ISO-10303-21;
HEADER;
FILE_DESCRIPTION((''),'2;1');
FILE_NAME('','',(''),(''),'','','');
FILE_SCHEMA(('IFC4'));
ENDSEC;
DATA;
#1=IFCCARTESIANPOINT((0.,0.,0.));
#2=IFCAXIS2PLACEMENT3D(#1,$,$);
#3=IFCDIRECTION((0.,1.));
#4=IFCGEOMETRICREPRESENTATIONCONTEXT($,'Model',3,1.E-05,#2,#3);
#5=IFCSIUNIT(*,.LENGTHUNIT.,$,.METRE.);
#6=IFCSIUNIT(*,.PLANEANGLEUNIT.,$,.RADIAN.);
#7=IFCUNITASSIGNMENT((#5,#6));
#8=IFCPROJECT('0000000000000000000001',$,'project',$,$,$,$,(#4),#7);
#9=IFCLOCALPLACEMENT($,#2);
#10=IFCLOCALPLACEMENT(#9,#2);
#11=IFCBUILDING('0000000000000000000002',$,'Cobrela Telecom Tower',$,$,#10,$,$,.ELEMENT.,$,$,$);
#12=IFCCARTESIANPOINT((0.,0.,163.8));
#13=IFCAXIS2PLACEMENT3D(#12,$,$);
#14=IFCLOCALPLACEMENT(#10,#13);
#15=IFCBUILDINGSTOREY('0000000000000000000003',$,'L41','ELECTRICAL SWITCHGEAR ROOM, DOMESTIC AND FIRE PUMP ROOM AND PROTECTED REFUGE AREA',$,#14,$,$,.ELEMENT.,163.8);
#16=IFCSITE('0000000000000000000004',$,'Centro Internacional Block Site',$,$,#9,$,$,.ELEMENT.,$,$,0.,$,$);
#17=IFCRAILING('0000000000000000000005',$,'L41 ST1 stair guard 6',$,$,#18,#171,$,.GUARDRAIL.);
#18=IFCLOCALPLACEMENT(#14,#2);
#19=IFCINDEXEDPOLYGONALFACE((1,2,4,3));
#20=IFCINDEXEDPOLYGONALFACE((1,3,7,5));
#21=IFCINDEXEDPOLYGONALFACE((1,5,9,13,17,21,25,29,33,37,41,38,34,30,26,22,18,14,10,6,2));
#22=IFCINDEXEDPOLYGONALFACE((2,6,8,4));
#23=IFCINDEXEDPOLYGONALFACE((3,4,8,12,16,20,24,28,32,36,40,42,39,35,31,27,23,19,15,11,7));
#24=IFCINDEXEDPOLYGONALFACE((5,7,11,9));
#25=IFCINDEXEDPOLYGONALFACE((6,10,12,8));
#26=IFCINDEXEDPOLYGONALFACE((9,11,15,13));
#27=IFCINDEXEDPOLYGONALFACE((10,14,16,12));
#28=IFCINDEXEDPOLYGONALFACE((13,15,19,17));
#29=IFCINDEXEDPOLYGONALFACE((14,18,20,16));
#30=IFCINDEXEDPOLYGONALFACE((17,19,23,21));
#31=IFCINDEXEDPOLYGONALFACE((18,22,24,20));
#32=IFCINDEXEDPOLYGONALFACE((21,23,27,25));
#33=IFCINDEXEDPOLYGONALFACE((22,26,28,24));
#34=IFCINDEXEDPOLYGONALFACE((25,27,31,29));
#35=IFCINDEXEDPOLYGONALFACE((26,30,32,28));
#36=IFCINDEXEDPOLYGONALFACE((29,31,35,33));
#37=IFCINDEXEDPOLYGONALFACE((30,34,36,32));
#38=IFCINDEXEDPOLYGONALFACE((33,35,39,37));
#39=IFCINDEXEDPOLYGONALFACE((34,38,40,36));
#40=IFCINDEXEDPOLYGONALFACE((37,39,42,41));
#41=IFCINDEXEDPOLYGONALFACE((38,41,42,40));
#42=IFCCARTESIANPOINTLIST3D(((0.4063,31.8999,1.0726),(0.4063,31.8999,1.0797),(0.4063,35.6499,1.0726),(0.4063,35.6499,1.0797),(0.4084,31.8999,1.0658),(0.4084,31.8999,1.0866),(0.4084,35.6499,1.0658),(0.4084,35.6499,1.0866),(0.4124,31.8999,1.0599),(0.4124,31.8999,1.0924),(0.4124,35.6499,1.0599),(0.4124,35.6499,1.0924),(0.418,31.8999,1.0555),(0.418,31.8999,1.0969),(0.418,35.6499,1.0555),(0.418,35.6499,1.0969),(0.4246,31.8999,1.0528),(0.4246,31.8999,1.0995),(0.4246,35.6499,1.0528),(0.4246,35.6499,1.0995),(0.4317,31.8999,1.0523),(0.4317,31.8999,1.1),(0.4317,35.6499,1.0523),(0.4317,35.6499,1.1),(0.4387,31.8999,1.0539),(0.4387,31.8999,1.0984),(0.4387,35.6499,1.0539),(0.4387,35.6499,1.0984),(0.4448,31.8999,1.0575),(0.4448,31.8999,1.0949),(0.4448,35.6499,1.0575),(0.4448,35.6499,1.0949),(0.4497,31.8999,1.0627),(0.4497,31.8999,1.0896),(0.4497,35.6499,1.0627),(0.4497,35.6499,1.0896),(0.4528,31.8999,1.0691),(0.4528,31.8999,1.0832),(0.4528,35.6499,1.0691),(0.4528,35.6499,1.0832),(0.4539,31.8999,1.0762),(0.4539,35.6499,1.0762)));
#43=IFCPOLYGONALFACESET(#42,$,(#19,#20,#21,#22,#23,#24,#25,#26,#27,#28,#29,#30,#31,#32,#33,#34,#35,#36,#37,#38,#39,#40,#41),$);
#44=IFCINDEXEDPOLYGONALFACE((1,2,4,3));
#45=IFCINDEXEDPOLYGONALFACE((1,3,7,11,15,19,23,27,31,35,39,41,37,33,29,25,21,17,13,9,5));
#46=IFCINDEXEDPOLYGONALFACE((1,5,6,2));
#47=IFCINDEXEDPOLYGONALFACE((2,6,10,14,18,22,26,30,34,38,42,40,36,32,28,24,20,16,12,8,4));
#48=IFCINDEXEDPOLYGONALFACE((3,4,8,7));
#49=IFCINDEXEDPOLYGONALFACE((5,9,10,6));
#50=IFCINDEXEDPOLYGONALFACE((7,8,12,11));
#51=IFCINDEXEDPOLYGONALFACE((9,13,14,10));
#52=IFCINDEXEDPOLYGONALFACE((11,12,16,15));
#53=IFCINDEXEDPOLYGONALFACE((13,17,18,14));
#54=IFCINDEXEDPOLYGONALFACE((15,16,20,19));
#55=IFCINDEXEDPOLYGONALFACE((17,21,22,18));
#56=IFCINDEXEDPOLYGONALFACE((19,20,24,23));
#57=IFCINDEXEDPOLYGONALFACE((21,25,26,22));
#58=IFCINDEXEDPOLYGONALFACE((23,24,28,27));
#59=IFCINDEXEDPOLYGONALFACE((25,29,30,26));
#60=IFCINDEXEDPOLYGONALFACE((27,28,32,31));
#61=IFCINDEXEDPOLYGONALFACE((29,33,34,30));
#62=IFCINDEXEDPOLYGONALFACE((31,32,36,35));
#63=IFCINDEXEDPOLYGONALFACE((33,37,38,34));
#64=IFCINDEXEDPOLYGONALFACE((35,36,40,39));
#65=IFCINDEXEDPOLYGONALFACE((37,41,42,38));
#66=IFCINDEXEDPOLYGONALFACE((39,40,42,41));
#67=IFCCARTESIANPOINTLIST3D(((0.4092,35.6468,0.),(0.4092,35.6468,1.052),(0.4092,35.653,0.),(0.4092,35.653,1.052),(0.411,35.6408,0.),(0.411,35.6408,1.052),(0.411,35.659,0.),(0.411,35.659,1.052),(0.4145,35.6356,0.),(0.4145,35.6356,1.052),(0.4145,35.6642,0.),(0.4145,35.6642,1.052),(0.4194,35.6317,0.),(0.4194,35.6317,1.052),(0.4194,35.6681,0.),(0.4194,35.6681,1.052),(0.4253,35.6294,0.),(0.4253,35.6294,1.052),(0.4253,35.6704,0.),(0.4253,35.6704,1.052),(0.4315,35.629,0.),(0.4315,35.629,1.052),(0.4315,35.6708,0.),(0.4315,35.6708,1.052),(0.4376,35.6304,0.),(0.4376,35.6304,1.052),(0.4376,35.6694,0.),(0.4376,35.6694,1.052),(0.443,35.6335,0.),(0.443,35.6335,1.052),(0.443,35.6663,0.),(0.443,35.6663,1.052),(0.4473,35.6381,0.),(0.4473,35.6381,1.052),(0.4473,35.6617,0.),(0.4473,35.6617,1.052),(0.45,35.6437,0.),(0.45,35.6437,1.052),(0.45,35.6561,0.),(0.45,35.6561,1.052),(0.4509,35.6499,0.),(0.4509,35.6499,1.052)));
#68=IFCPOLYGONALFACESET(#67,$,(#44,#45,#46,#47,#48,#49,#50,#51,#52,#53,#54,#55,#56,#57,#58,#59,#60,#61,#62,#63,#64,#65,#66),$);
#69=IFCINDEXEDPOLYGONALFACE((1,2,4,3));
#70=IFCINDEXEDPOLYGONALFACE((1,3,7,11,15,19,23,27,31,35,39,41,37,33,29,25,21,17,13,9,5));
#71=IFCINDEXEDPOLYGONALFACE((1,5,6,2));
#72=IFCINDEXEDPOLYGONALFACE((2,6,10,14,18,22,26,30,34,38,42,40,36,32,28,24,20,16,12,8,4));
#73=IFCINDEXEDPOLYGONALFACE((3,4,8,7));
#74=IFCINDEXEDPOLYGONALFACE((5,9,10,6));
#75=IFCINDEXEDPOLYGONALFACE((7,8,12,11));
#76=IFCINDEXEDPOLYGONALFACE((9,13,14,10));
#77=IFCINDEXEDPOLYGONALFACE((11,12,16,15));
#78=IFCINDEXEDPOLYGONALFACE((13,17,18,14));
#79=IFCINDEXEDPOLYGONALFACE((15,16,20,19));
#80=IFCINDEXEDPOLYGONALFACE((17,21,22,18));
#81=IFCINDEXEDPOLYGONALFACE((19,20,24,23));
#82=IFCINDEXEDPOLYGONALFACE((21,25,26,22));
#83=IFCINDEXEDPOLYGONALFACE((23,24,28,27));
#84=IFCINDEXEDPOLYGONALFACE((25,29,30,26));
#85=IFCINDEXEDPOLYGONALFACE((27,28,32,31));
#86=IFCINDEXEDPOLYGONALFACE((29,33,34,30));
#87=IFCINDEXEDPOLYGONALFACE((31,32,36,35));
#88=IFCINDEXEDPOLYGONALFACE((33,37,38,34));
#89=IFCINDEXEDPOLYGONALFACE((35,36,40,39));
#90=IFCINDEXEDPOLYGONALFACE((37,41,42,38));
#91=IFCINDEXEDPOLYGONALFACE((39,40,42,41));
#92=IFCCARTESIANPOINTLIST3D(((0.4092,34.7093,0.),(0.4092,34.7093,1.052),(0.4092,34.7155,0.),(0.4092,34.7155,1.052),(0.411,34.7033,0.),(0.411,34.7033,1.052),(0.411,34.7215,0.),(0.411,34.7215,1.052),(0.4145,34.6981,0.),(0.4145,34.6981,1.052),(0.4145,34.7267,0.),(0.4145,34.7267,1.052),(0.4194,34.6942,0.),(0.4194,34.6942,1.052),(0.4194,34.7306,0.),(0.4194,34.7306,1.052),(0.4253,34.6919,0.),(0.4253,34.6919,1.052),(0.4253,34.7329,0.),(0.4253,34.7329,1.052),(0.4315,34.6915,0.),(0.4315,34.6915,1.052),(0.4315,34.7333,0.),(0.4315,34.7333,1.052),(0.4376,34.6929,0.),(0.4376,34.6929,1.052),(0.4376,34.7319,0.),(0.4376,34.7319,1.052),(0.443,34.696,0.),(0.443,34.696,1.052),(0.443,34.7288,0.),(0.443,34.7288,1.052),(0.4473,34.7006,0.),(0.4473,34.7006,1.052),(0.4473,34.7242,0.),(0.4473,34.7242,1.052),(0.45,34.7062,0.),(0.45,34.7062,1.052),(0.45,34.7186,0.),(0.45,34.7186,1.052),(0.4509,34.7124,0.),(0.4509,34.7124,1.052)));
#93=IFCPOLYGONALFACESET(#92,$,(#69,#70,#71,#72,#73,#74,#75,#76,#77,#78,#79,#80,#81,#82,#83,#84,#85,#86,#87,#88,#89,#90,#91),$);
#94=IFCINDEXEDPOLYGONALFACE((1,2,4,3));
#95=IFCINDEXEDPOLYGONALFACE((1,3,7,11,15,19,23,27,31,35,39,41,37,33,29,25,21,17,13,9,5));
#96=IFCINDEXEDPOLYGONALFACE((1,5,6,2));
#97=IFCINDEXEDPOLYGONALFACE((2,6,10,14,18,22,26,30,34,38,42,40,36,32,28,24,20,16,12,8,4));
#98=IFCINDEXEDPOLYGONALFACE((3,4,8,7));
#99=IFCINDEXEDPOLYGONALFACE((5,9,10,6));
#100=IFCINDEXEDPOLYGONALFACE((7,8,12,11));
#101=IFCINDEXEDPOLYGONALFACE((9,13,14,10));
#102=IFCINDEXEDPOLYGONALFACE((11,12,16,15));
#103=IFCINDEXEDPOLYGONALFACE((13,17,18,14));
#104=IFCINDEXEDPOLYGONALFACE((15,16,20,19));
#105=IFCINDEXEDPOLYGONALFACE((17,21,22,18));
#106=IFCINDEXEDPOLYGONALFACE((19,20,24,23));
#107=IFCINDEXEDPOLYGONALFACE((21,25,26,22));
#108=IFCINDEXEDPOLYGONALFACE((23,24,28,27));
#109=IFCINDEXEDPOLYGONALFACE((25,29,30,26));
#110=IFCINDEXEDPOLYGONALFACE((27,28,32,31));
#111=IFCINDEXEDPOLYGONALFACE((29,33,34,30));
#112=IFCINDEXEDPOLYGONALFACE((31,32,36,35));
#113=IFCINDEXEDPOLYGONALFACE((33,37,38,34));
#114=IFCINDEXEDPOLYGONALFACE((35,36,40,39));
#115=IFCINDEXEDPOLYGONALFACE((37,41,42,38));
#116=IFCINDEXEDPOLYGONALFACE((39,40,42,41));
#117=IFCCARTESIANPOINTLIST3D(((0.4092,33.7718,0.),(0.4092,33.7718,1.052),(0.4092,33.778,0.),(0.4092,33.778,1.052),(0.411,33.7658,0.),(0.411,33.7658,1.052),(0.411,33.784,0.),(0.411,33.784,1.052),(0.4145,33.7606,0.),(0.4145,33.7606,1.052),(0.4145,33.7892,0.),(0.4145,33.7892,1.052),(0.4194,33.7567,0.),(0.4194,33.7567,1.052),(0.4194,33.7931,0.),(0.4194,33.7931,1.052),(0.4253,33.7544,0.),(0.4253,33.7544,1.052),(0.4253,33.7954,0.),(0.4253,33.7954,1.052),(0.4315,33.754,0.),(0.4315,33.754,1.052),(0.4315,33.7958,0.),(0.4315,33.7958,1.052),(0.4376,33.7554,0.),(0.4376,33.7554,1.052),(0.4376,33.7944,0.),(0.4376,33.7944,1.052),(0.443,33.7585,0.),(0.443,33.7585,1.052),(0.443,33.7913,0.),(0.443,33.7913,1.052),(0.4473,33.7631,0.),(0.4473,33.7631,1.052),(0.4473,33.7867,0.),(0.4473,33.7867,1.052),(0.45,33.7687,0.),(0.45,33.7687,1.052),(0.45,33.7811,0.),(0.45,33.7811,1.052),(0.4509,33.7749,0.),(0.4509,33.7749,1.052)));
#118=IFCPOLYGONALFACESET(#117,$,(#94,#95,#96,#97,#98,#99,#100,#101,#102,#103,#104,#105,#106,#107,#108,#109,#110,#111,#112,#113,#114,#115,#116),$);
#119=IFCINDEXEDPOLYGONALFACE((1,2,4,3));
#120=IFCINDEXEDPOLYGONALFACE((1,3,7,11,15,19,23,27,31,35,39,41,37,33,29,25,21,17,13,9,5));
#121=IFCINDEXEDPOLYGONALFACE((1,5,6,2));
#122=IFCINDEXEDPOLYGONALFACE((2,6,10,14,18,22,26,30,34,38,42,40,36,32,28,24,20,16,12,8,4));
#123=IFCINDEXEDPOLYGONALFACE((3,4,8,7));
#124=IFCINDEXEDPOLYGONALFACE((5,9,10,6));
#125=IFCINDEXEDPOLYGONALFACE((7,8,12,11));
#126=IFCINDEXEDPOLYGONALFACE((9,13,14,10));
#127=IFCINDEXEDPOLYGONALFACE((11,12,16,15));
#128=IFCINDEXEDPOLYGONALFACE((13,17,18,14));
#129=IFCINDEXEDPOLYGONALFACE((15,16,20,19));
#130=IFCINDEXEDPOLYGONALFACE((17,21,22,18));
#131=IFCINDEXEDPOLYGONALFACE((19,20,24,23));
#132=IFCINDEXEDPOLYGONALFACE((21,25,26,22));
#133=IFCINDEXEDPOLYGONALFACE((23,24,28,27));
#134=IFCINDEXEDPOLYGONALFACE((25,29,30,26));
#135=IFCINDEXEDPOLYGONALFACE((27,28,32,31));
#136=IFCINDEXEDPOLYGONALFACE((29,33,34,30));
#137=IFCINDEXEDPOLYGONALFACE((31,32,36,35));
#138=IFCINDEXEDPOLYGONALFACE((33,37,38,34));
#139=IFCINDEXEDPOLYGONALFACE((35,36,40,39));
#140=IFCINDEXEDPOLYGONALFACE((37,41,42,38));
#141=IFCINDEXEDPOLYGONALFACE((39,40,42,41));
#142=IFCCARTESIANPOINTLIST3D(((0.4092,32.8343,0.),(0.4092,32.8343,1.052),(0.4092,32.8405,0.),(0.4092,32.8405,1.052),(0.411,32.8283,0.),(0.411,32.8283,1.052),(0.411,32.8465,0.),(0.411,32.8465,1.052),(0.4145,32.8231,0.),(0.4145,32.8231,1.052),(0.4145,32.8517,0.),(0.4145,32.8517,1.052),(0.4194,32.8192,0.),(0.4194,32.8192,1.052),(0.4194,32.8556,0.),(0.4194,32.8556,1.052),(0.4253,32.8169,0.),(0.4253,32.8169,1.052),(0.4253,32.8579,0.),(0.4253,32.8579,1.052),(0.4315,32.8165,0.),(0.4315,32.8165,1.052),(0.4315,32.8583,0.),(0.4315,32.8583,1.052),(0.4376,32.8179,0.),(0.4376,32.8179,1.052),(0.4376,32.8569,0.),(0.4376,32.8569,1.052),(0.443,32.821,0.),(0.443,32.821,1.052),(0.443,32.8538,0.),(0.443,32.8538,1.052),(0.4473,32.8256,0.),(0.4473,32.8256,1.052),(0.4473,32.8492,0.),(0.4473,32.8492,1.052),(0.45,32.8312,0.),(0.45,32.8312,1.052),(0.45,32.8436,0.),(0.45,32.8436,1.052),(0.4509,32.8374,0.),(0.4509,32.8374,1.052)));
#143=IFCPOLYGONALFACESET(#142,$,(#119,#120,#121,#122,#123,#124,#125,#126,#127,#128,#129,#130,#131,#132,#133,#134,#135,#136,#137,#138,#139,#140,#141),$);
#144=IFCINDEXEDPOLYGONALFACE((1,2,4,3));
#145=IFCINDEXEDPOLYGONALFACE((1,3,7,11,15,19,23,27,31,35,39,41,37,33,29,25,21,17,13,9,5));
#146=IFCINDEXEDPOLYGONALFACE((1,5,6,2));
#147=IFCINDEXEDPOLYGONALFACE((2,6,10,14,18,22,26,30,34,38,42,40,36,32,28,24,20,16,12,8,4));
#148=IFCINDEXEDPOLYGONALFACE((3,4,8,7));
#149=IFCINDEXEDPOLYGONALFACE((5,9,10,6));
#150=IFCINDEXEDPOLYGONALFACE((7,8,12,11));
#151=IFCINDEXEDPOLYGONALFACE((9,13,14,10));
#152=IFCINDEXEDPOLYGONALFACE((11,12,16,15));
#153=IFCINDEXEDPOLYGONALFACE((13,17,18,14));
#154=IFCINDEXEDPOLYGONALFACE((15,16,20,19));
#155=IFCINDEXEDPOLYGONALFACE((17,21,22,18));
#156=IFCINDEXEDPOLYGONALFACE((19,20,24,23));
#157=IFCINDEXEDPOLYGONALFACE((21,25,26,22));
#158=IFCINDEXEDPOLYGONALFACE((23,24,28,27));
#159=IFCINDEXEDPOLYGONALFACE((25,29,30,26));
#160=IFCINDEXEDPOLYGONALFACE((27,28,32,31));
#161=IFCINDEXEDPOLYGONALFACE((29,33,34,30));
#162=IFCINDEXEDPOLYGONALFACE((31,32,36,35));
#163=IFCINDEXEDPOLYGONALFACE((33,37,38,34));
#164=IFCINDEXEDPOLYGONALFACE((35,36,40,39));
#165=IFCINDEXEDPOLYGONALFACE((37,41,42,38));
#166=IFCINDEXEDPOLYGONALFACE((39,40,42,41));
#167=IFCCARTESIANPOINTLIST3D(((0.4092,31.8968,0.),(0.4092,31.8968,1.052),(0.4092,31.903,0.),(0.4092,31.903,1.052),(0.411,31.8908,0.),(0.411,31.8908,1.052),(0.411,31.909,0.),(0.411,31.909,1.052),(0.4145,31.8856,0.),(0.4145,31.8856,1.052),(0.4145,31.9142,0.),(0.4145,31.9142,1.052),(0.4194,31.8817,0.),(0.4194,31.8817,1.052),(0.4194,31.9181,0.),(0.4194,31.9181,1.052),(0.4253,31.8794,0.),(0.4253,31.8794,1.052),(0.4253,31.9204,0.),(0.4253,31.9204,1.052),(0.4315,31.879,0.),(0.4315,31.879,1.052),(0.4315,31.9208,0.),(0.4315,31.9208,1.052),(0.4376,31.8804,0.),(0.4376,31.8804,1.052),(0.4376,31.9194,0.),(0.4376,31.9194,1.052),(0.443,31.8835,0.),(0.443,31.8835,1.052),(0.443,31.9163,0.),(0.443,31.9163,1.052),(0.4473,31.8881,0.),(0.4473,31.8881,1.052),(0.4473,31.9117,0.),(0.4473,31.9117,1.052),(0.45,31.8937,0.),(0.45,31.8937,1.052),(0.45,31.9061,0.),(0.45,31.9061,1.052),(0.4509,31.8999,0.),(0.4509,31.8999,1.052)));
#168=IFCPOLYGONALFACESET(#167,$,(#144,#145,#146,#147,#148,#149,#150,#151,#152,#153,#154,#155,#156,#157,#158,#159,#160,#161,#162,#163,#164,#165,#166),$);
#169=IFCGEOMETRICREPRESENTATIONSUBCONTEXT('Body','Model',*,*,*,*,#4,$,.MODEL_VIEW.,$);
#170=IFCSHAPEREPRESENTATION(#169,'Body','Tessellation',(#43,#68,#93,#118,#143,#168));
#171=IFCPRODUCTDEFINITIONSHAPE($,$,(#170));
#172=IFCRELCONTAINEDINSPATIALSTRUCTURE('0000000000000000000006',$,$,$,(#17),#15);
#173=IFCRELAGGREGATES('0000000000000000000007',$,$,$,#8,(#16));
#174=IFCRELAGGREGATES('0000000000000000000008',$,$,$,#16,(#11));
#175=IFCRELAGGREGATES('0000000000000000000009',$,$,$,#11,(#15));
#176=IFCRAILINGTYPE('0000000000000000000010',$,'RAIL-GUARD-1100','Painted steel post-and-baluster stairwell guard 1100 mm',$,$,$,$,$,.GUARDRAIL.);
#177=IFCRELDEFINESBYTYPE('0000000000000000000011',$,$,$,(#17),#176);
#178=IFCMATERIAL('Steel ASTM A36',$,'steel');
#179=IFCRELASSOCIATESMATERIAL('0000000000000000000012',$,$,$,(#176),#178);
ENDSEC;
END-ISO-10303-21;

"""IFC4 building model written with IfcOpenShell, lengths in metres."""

from ifc_helpers import new_model, si_unit, direction, frame, origin, origin_2d, place, context, subcontext, project, spatial, circle, extrude, material, type_object, element, save


model = new_model("IFC4")

# Units and contexts
model_context = context("Model", 3, precision=1e-05, world=origin(), true_north=direction((0.0, 1.0)))
body_context = subcontext(model_context, "Body", "Model", "MODEL_VIEW")
ifc_project = project(units=[si_unit("LENGTHUNIT", "METRE"), si_unit("PLANEANGLEUNIT", "RADIAN")], contexts=[model_context])

# Site, building, storey
site_placement = place(None, origin())
site = spatial("IfcSite", under=ifc_project, at=site_placement, Name="Centro Internacional Block Site", CompositionType="ELEMENT", RefElevation=0.0)
building_placement = place(site_placement, origin())
building = spatial("IfcBuilding", under=site, at=building_placement, Name="Cobrela Telecom Tower", CompositionType="ELEMENT")
storey_placement = place(building_placement, frame((0.0, 0.0, 163.8)))
storey = spatial("IfcBuildingStorey", under=building, at=storey_placement, Name="L41", Description="ELECTRICAL SWITCHGEAR ROOM, DOMESTIC AND FIRE PUMP ROOM AND PROTECTED REFUGE AREA", CompositionType="ELEMENT", Elevation=163.8)

# Railing
ifc_material_1 = material(Name="Steel ASTM A36", Category="steel")
railing_type_1 = type_object("IfcRailingType", Name="RAIL-GUARD-1100", Description="Painted steel post-and-baluster stairwell guard 1100 mm", PredefinedType="GUARDRAIL", material=ifc_material_1)
railing_1_placement = place(storey_placement, frame((0.4299, 35.6499, 0.0)))
element("IfcRailing", 1, at=railing_1_placement, inside=storey, type_object=railing_type_1, Name="L41 ST1 stair guard 6", PredefinedType="GUARDRAIL", context=body_context, shape_type="SweptSolid", body=[
    extrude(circle(Radius=0.0239, at=origin_2d()), frame((0.0, 0.0, 1.0762), z_axis=(0.0, -1.0, 0.0), x_axis=(1.0, 0.0, 0.0)), (0.0, 0.0, 1.0), 3.75),
    extrude(circle(Radius=0.021, at=origin_2d()), origin(), (0.0, 0.0, 1.0), 1.052),
    extrude(circle(Radius=0.021, at=origin_2d()), frame((0.0, -0.9375, 0.0)), (0.0, 0.0, 1.0), 1.052),
    extrude(circle(Radius=0.021, at=origin_2d()), frame((0.0, -1.875, 0.0)), (0.0, 0.0, 1.0), 1.052),
    extrude(circle(Radius=0.021, at=origin_2d()), frame((0.0, -2.8125, 0.0)), (0.0, 0.0, 1.0), 1.052),
    extrude(circle(Radius=0.021, at=origin_2d()), frame((0.0, -3.75, 0.0)), (0.0, 0.0, 1.0), 1.052),
])

save(model, "model.ifc")
